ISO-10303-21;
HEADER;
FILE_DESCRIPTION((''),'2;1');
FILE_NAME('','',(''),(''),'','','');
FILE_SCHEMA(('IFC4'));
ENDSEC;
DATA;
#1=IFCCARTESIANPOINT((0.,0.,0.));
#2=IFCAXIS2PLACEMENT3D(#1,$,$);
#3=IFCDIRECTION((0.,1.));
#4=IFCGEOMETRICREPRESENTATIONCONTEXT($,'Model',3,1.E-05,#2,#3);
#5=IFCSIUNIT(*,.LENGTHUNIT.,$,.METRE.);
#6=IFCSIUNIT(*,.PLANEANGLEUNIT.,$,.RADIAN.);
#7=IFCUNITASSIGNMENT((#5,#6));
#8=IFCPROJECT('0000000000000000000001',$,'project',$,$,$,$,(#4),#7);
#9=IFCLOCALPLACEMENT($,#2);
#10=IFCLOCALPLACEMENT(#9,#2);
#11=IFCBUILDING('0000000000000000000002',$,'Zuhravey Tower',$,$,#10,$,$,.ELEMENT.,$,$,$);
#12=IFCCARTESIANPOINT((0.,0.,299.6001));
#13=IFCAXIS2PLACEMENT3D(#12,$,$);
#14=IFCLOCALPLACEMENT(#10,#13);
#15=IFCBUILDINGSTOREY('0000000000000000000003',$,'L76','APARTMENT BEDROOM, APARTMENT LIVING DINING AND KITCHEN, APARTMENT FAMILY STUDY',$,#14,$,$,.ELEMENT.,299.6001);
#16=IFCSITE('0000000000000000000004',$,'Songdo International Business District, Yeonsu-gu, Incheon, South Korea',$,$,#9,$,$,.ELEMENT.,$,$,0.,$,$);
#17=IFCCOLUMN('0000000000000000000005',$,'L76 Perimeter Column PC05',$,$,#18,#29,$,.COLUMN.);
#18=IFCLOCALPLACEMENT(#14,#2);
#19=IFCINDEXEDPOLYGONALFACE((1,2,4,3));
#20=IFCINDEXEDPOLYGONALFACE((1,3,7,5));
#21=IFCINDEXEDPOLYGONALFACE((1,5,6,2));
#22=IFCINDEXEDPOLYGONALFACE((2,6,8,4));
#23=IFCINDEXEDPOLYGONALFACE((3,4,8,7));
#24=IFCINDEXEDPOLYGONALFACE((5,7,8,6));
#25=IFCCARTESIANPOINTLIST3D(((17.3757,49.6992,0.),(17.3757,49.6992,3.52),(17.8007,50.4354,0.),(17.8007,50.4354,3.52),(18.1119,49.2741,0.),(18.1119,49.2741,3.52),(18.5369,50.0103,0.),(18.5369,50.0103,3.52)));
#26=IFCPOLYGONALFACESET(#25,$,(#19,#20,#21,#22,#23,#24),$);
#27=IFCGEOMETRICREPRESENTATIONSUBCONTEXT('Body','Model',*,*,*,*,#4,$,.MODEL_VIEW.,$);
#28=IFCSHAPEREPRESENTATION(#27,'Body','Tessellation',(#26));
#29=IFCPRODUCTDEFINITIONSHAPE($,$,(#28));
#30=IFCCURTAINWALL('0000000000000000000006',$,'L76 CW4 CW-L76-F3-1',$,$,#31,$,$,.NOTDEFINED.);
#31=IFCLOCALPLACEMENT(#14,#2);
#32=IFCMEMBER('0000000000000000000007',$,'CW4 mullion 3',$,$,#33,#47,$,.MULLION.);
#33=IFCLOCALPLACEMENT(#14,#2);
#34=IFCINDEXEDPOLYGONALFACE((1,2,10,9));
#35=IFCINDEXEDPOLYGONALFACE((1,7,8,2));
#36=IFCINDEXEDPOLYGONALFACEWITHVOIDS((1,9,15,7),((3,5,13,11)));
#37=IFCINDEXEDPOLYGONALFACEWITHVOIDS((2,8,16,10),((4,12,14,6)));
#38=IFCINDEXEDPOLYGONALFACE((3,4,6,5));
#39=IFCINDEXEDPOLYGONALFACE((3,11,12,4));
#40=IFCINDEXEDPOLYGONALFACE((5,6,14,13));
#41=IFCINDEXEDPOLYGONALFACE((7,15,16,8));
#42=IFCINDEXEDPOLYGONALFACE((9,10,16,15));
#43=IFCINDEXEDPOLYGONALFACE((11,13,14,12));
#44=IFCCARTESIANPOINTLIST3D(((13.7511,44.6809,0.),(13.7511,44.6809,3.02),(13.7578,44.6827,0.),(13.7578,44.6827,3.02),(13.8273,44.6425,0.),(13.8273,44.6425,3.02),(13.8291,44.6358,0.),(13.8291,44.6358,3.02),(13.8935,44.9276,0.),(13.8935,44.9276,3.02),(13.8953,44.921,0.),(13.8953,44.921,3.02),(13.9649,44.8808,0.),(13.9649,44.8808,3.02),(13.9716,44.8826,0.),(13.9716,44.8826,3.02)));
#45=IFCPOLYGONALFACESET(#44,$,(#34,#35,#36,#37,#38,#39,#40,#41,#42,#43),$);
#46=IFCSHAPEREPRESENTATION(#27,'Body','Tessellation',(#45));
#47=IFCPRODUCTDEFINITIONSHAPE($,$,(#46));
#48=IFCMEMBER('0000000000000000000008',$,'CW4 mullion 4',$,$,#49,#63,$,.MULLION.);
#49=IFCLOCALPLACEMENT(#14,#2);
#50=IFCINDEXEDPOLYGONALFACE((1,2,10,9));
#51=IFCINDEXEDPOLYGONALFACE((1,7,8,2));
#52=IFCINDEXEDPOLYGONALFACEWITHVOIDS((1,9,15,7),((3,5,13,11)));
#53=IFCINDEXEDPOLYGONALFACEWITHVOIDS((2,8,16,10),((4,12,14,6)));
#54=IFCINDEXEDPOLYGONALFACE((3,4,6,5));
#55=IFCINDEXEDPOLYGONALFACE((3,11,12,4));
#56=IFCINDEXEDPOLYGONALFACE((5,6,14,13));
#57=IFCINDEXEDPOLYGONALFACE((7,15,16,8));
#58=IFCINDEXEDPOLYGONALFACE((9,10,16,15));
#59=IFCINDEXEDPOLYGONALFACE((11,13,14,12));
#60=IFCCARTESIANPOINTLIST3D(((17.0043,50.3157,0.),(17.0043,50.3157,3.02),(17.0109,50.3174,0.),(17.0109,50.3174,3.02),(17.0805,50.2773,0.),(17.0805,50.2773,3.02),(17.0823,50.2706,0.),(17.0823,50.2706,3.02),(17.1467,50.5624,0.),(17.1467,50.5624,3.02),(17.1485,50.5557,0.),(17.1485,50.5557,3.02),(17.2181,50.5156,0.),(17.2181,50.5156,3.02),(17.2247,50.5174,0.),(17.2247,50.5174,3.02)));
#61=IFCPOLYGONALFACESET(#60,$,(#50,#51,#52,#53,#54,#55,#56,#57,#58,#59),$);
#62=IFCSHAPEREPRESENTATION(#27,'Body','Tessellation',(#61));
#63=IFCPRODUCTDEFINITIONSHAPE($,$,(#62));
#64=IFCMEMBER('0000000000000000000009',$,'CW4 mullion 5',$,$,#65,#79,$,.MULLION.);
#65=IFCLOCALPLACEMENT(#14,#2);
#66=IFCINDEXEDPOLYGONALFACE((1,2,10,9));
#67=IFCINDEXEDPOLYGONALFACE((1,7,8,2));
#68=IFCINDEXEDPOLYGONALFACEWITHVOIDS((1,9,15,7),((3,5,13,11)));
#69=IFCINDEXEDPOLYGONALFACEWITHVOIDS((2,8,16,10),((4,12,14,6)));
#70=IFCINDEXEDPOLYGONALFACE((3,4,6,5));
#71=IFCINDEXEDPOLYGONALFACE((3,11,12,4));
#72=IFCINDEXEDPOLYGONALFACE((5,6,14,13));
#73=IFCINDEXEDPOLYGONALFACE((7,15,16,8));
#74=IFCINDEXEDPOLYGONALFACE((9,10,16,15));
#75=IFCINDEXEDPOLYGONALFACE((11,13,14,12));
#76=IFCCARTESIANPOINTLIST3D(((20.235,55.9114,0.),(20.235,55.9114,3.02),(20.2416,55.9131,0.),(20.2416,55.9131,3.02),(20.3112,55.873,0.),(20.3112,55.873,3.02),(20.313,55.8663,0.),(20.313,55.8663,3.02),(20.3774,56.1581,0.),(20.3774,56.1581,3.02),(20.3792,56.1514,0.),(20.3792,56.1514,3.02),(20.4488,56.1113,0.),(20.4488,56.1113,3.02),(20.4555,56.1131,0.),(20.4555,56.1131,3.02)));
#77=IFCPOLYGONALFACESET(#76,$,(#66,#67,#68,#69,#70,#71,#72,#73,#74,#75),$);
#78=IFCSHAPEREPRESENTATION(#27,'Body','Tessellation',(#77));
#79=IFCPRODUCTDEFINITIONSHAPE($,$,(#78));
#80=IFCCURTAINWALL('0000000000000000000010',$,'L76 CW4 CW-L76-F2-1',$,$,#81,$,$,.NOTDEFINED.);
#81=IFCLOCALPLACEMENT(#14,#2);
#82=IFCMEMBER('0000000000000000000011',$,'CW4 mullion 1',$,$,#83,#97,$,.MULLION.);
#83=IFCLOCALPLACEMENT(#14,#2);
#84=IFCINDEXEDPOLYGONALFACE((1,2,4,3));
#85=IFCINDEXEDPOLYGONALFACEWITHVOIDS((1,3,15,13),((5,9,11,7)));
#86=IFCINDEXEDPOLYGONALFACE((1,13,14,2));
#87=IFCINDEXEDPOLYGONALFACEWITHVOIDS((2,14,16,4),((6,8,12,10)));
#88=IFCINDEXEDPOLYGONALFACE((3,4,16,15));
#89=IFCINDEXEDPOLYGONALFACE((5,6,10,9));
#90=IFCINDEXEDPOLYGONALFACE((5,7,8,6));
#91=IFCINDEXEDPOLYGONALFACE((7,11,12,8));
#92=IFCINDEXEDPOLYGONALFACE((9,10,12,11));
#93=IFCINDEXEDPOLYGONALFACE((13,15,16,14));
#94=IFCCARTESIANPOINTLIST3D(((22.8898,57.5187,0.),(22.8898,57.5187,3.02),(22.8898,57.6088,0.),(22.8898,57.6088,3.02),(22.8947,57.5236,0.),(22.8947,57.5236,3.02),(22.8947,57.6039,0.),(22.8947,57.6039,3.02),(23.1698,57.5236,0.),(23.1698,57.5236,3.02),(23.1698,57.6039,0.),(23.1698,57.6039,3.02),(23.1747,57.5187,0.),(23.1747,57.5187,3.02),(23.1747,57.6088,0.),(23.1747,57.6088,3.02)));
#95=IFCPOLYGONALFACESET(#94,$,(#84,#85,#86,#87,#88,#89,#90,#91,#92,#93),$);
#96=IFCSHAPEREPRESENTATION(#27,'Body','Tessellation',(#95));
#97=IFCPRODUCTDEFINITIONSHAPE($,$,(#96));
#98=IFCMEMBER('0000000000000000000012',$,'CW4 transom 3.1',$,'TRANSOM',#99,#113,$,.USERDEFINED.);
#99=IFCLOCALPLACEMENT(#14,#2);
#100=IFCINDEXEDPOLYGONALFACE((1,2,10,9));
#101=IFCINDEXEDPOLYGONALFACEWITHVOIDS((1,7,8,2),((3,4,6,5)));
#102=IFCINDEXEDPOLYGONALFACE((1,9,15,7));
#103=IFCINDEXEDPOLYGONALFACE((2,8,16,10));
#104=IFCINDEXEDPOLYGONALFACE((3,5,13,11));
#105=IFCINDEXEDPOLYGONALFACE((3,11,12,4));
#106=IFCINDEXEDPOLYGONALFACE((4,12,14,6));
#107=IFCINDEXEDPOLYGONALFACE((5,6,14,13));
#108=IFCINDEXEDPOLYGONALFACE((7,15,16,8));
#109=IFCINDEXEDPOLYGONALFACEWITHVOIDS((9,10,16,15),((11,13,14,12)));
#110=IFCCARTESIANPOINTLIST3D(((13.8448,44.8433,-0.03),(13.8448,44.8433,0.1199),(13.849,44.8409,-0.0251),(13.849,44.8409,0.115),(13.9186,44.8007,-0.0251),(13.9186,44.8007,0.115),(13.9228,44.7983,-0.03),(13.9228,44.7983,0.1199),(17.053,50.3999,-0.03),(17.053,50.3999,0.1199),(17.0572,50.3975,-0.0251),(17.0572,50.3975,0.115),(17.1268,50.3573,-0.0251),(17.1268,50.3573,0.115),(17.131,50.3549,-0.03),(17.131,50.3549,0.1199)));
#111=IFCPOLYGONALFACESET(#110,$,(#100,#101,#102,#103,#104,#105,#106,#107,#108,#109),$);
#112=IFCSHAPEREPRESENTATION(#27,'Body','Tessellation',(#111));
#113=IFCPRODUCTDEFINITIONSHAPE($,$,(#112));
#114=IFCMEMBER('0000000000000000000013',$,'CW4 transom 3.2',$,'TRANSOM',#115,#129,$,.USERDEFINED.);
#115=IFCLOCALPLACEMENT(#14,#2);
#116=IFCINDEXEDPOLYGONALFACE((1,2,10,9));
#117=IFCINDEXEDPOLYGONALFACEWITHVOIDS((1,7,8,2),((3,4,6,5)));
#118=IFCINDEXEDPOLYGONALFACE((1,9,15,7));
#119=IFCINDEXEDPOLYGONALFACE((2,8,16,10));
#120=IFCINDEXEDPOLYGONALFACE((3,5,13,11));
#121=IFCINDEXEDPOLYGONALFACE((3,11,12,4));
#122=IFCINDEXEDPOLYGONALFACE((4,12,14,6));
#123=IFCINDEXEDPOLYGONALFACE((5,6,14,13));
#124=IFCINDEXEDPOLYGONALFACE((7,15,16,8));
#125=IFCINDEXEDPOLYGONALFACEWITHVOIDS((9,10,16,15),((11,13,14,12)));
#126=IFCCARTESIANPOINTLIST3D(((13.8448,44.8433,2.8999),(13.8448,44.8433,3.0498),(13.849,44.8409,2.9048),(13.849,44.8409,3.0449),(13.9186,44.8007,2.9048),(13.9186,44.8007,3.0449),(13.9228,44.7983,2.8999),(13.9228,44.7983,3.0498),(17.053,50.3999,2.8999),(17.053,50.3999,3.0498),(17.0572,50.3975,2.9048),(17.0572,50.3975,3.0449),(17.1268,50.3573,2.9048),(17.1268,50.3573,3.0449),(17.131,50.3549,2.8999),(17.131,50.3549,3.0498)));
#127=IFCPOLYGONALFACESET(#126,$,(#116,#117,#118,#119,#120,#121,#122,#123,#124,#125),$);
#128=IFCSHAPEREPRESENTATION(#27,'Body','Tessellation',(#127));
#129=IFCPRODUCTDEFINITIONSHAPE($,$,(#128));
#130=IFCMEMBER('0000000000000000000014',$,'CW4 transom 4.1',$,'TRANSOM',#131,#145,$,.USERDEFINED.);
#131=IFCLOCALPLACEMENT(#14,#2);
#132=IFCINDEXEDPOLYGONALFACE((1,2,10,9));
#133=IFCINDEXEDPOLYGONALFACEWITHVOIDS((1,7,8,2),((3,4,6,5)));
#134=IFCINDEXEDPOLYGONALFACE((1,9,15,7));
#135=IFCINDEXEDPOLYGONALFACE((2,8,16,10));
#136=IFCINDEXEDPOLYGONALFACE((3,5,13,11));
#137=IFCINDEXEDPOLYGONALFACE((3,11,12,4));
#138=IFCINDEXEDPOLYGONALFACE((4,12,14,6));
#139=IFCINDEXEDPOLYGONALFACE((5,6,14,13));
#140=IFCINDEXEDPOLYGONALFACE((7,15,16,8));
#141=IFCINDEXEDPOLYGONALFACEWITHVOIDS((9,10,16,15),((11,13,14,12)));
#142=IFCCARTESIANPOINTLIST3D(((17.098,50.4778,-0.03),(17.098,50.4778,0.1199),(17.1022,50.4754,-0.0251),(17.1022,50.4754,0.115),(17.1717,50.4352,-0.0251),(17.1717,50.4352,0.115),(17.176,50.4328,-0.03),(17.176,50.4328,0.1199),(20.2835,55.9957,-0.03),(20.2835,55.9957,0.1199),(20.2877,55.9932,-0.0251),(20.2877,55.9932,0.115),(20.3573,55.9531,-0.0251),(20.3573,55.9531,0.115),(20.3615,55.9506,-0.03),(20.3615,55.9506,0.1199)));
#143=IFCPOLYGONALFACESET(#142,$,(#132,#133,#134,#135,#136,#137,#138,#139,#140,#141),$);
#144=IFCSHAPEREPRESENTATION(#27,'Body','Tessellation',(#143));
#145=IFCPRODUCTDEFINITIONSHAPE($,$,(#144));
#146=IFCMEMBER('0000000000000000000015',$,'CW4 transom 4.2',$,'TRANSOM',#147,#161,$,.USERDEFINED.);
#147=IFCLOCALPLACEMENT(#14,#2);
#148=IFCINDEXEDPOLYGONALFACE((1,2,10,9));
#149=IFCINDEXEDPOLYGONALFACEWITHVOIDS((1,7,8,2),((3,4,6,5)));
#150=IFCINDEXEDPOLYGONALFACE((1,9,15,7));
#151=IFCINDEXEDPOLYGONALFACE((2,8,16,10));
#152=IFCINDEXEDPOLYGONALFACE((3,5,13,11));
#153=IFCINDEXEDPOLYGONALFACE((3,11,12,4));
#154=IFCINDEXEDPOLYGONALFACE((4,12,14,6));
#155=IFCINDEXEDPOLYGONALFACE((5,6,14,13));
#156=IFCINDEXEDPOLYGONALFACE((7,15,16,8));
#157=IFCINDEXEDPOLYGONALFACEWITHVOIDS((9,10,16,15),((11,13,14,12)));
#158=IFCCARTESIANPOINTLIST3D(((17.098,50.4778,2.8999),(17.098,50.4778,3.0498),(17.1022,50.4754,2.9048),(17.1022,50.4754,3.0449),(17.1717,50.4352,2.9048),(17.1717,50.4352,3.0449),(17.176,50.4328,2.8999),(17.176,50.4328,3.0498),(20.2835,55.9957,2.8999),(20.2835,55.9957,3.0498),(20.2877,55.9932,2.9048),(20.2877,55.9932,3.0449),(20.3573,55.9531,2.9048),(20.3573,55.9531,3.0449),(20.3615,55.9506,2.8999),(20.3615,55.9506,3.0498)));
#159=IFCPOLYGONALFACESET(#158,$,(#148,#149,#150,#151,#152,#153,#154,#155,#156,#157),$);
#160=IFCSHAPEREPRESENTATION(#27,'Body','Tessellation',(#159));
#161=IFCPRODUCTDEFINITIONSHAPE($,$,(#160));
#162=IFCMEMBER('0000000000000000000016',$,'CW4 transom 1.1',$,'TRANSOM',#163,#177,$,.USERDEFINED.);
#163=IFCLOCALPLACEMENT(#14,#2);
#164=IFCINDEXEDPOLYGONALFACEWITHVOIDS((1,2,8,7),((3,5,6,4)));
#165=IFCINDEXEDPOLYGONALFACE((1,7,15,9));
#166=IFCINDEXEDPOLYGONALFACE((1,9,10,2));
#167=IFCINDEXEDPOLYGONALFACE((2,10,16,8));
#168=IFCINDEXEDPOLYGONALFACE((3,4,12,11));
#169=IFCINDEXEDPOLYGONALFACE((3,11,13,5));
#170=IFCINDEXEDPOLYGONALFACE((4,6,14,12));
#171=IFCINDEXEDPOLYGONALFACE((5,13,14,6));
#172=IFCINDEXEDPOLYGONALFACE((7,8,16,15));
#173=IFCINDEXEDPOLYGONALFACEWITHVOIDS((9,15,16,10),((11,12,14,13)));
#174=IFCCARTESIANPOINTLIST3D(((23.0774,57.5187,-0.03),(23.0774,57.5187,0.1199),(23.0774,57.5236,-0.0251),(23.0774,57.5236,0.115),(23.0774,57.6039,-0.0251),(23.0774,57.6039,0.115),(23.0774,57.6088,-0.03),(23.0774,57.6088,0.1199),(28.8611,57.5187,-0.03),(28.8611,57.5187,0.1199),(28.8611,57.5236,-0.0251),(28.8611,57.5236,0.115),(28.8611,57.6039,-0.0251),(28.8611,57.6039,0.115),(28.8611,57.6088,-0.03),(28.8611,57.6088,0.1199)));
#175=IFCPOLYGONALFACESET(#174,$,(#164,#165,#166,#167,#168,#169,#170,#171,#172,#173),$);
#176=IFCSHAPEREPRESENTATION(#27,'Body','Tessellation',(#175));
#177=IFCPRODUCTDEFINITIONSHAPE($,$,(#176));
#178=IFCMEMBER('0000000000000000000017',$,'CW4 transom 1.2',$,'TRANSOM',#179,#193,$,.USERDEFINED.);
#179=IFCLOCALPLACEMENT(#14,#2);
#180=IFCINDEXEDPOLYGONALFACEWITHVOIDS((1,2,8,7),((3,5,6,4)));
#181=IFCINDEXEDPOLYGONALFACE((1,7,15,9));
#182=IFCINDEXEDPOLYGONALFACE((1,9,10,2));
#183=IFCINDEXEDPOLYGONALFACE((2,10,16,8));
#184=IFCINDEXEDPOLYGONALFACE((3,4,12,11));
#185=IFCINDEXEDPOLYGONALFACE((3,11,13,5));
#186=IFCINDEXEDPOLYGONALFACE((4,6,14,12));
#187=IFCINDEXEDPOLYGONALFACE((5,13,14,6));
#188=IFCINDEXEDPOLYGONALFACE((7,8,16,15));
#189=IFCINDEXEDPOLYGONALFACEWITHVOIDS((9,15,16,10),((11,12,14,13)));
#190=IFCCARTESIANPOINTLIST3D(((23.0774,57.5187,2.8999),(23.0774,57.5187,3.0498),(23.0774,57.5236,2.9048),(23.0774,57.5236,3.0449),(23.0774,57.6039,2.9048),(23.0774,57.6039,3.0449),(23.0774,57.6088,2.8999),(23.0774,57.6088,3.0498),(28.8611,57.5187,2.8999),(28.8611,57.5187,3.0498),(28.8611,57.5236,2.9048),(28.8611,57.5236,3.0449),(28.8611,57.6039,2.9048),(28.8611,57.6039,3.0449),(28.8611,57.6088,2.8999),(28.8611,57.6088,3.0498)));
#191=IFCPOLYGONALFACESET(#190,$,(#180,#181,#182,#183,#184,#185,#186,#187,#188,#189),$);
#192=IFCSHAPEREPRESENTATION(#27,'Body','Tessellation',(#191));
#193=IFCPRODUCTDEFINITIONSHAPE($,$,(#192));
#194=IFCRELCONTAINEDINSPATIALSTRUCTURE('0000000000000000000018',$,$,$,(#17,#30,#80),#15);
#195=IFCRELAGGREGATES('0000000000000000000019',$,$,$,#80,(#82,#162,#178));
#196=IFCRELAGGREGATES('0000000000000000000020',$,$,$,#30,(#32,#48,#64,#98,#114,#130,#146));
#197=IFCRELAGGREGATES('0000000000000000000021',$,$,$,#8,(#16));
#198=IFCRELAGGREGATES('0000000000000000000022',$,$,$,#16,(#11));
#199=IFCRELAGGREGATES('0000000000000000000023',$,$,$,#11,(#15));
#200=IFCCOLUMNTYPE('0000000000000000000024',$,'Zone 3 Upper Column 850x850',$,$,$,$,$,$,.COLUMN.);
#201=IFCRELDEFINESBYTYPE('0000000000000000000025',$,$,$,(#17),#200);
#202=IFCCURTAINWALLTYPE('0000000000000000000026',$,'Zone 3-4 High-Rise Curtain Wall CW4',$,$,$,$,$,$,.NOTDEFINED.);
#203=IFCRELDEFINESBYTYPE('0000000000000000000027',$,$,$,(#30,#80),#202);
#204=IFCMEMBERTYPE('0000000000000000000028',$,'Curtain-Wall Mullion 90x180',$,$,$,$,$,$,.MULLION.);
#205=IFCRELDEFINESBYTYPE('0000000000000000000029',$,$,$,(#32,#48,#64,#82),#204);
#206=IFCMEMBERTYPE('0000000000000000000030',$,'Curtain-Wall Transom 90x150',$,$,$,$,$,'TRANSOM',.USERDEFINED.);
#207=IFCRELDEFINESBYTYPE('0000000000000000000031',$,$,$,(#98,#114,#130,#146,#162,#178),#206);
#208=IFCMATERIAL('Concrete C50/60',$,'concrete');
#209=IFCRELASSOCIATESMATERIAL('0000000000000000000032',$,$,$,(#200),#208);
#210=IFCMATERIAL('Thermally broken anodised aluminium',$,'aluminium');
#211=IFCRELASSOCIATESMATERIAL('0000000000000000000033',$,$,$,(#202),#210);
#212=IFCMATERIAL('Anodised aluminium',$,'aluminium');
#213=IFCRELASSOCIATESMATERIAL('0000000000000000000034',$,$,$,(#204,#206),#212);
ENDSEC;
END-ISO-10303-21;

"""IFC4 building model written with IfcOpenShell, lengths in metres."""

from ifc_helpers import new_model, si_unit, direction, frame, origin, origin_2d, place, context, subcontext, project, spatial, rectangle, hollow_rectangle, extrude, material, material_profile, profile_set, type_object, element, aggregate, save


model = new_model("IFC4")

# Units and contexts
model_context = context("Model", 3, precision=1e-05, world=origin(), true_north=direction((0.0, 1.0)))
body_context = subcontext(model_context, "Body", "Model", "MODEL_VIEW")
ifc_project = project(units=[si_unit("LENGTHUNIT", "METRE"), si_unit("PLANEANGLEUNIT", "RADIAN")], contexts=[model_context])

# Site, building, storey
site_placement = place(None, origin())
site = spatial("IfcSite", under=ifc_project, at=site_placement, Name="Songdo International Business District, Yeonsu-gu, Incheon, South Korea", CompositionType="ELEMENT", RefElevation=0.0)
building_placement = place(site_placement, origin())
building = spatial("IfcBuilding", under=site, at=building_placement, Name="Zuhravey Tower", CompositionType="ELEMENT")
storey_placement = place(building_placement, frame((0.0, 0.0, 299.6001)))
storey = spatial("IfcBuildingStorey", under=building, at=storey_placement, Name="L76", Description="APARTMENT BEDROOM, APARTMENT LIVING DINING AND KITCHEN, APARTMENT FAMILY STUDY", CompositionType="ELEMENT", Elevation=299.6001)

# Column
ifc_material_1 = material(Name="Concrete C50/60", Category="concrete")
ifc_material_profile_1 = material_profile(ifc_material_1, rectangle(XDim=0.8501, YDim=0.8501, at=origin_2d()), Name="RC-850x850")
ifc_profile_set_1 = profile_set([ifc_material_profile_1], Name="Concrete C50/60")
column_type = type_object("IfcColumnType", Name="Zone 3 Upper Column 850x850", PredefinedType="COLUMN", material=ifc_profile_set_1)
column_placement = place(storey_placement, frame((17.9563, 49.8547, 0.0), z_axis=(0.0, 0.0, 1.0), x_axis=(-0.5, -0.866025, 0.0)))
element("IfcColumn", 1, at=column_placement, inside=storey, type_object=column_type, Name="L76 Perimeter Column PC05", PredefinedType="COLUMN", context=body_context, shape_type="SweptSolid", body=[
    extrude(rectangle(XDim=0.8501, YDim=0.8501, at=origin_2d()), origin(), (0.0, 0.0, 1.0), 3.52),
])

# Curtain wall, members
ifc_material_2 = material(Name="Thermally broken anodised aluminium", Category="aluminium")
curtain_wall_type = type_object("IfcCurtainWallType", Name="Zone 3-4 High-Rise Curtain Wall CW4", PredefinedType="NOTDEFINED", material=ifc_material_2)
curtain_wall_1_placement = place(storey_placement, origin())
curtain_wall_1 = element("IfcCurtainWall", 2, at=curtain_wall_1_placement, inside=storey, type_object=curtain_wall_type, Name="L76 CW4 CW-L76-F3-1", PredefinedType="NOTDEFINED")
ifc_material_3 = material(Name="Anodised aluminium", Category="aluminium")
ifc_material_profile_2 = material_profile(ifc_material_3, hollow_rectangle(XDim=0.0901, YDim=0.2849, WallThickness=0.0049, at=origin_2d()), Name="ALU-RHS-90x285x5")
ifc_profile_set_2 = profile_set([ifc_material_profile_2], Name="Anodised aluminium")
member_type_1 = type_object("IfcMemberType", Name="Curtain-Wall Mullion 90x180", PredefinedType="MULLION", material=ifc_profile_set_2)
member_1_placement = place(storey_placement, frame((13.8613, 44.7817, 0.0), z_axis=(0.0, 0.0, 1.0), x_axis=(-0.866025, 0.500001, 0.0)))
member_1 = element("IfcMember", 3, at=member_1_placement, type_object=member_type_1, Name="CW4 mullion 3", PredefinedType="MULLION", context=body_context, shape_type="SweptSolid", body=[
    extrude(hollow_rectangle(XDim=0.0901, YDim=0.2849, WallThickness=0.0049, at=origin_2d()), origin(), (0.0, 0.0, 1.0), 3.02),
])
member_2_placement = place(storey_placement, frame((17.1145, 50.4165, 0.0), z_axis=(0.0, 0.0, 1.0), x_axis=(-0.866025, 0.500001, 0.0)))
member_2 = element("IfcMember", 4, at=member_2_placement, type_object=member_type_1, Name="CW4 mullion 4", PredefinedType="MULLION", context=body_context, shape_type="SweptSolid", body=[
    extrude(hollow_rectangle(XDim=0.0901, YDim=0.2849, WallThickness=0.0049, at=origin_2d()), origin(), (0.0, 0.0, 1.0), 3.02),
])
member_3_placement = place(storey_placement, frame((20.3452, 56.0122, 0.0), z_axis=(0.0, 0.0, 1.0), x_axis=(-0.866025, 0.500001, 0.0)))
member_3 = element("IfcMember", 5, at=member_3_placement, type_object=member_type_1, Name="CW4 mullion 5", PredefinedType="MULLION", context=body_context, shape_type="SweptSolid", body=[
    extrude(hollow_rectangle(XDim=0.0901, YDim=0.2849, WallThickness=0.0049, at=origin_2d()), origin(), (0.0, 0.0, 1.0), 3.02),
])

# Curtain wall, member
curtain_wall_2_placement = place(storey_placement, origin())
curtain_wall_2 = element("IfcCurtainWall", 6, at=curtain_wall_2_placement, inside=storey, type_object=curtain_wall_type, Name="L76 CW4 CW-L76-F2-1", PredefinedType="NOTDEFINED")
member_4_placement = place(storey_placement, frame((23.0322, 57.5637, 0.0), z_axis=(0.0, 0.0, 1.0), x_axis=(0.0, 1.0, 0.0)))
member_4 = element("IfcMember", 7, at=member_4_placement, type_object=member_type_1, Name="CW4 mullion 1", PredefinedType="MULLION", context=body_context, shape_type="SweptSolid", body=[
    extrude(hollow_rectangle(XDim=0.0901, YDim=0.2849, WallThickness=0.0049, at=origin_2d()), origin(), (0.0, 0.0, 1.0), 3.02),
])

# Members
ifc_material_profile_3 = material_profile(ifc_material_3, hollow_rectangle(XDim=0.0901, YDim=0.1499, WallThickness=0.0049, at=origin_2d()), Name="ALU-RHS-90x150x5")
ifc_profile_set_3 = profile_set([ifc_material_profile_3], Name="Anodised aluminium")
member_type_2 = type_object("IfcMemberType", Name="Curtain-Wall Transom 90x150", ElementType="TRANSOM", PredefinedType="USERDEFINED", material=ifc_profile_set_3)
member_5_placement = place(storey_placement, frame((13.8838, 44.8208, 0.0449), z_axis=(0.500014, 0.866017, 0.0), x_axis=(-0.866017, 0.500014, 0.0)))
member_5 = element("IfcMember", 8, at=member_5_placement, type_object=member_type_2, Name="CW4 transom 3.1", ObjectType="TRANSOM", PredefinedType="USERDEFINED", context=body_context, shape_type="SweptSolid", body=[
    extrude(hollow_rectangle(XDim=0.0901, YDim=0.1499, WallThickness=0.0049, at=origin_2d()), origin(), (0.0, 0.0, 1.0), 6.4163),
])
member_6_placement = place(storey_placement, frame((13.8838, 44.8208, 2.9749), z_axis=(0.500014, 0.866017, 0.0), x_axis=(-0.866017, 0.500014, 0.0)))
member_6 = element("IfcMember", 9, at=member_6_placement, type_object=member_type_2, Name="CW4 transom 3.2", ObjectType="TRANSOM", PredefinedType="USERDEFINED", context=body_context, shape_type="SweptSolid", body=[
    extrude(hollow_rectangle(XDim=0.0901, YDim=0.1499, WallThickness=0.0049, at=origin_2d()), origin(), (0.0, 0.0, 1.0), 6.4163),
])
member_7_placement = place(storey_placement, frame((17.137, 50.4553, 0.0449), z_axis=(0.49998, 0.866037, 0.0), x_axis=(-0.866037, 0.49998, 0.0)))
member_7 = element("IfcMember", 10, at=member_7_placement, type_object=member_type_2, Name="CW4 transom 4.1", ObjectType="TRANSOM", PredefinedType="USERDEFINED", context=body_context, shape_type="SweptSolid", body=[
    extrude(hollow_rectangle(XDim=0.0901, YDim=0.1499, WallThickness=0.0049, at=origin_2d()), origin(), (0.0, 0.0, 1.0), 6.3713),
])
member_8_placement = place(storey_placement, frame((17.137, 50.4553, 2.9749), z_axis=(0.49998, 0.866037, 0.0), x_axis=(-0.866037, 0.49998, 0.0)))
member_8 = element("IfcMember", 11, at=member_8_placement, type_object=member_type_2, Name="CW4 transom 4.2", ObjectType="TRANSOM", PredefinedType="USERDEFINED", context=body_context, shape_type="SweptSolid", body=[
    extrude(hollow_rectangle(XDim=0.0901, YDim=0.1499, WallThickness=0.0049, at=origin_2d()), origin(), (0.0, 0.0, 1.0), 6.3713),
])
member_9_placement = place(storey_placement, frame((23.0774, 57.5637, 0.0449), z_axis=(1.0, 0.0, 0.0), x_axis=(0.0, 1.0, 0.0)))
member_9 = element("IfcMember", 12, at=member_9_placement, type_object=member_type_2, Name="CW4 transom 1.1", ObjectType="TRANSOM", PredefinedType="USERDEFINED", context=body_context, shape_type="SweptSolid", body=[
    extrude(hollow_rectangle(XDim=0.0901, YDim=0.1499, WallThickness=0.0049, at=origin_2d()), origin(), (0.0, 0.0, 1.0), 5.7837),
])
member_10_placement = place(storey_placement, frame((23.0774, 57.5637, 2.9749), z_axis=(1.0, 0.0, 0.0), x_axis=(0.0, 1.0, 0.0)))
member_10 = element("IfcMember", 13, at=member_10_placement, type_object=member_type_2, Name="CW4 transom 1.2", ObjectType="TRANSOM", PredefinedType="USERDEFINED", context=body_context, shape_type="SweptSolid", body=[
    extrude(hollow_rectangle(XDim=0.0901, YDim=0.1499, WallThickness=0.0049, at=origin_2d()), origin(), (0.0, 0.0, 1.0), 5.7837),
])
aggregate(curtain_wall_2, [member_4, member_9, member_10])

aggregate(curtain_wall_1, [member_1, member_2, member_3, member_5, member_6, member_7, member_8])

save(model, "model.ifc")
